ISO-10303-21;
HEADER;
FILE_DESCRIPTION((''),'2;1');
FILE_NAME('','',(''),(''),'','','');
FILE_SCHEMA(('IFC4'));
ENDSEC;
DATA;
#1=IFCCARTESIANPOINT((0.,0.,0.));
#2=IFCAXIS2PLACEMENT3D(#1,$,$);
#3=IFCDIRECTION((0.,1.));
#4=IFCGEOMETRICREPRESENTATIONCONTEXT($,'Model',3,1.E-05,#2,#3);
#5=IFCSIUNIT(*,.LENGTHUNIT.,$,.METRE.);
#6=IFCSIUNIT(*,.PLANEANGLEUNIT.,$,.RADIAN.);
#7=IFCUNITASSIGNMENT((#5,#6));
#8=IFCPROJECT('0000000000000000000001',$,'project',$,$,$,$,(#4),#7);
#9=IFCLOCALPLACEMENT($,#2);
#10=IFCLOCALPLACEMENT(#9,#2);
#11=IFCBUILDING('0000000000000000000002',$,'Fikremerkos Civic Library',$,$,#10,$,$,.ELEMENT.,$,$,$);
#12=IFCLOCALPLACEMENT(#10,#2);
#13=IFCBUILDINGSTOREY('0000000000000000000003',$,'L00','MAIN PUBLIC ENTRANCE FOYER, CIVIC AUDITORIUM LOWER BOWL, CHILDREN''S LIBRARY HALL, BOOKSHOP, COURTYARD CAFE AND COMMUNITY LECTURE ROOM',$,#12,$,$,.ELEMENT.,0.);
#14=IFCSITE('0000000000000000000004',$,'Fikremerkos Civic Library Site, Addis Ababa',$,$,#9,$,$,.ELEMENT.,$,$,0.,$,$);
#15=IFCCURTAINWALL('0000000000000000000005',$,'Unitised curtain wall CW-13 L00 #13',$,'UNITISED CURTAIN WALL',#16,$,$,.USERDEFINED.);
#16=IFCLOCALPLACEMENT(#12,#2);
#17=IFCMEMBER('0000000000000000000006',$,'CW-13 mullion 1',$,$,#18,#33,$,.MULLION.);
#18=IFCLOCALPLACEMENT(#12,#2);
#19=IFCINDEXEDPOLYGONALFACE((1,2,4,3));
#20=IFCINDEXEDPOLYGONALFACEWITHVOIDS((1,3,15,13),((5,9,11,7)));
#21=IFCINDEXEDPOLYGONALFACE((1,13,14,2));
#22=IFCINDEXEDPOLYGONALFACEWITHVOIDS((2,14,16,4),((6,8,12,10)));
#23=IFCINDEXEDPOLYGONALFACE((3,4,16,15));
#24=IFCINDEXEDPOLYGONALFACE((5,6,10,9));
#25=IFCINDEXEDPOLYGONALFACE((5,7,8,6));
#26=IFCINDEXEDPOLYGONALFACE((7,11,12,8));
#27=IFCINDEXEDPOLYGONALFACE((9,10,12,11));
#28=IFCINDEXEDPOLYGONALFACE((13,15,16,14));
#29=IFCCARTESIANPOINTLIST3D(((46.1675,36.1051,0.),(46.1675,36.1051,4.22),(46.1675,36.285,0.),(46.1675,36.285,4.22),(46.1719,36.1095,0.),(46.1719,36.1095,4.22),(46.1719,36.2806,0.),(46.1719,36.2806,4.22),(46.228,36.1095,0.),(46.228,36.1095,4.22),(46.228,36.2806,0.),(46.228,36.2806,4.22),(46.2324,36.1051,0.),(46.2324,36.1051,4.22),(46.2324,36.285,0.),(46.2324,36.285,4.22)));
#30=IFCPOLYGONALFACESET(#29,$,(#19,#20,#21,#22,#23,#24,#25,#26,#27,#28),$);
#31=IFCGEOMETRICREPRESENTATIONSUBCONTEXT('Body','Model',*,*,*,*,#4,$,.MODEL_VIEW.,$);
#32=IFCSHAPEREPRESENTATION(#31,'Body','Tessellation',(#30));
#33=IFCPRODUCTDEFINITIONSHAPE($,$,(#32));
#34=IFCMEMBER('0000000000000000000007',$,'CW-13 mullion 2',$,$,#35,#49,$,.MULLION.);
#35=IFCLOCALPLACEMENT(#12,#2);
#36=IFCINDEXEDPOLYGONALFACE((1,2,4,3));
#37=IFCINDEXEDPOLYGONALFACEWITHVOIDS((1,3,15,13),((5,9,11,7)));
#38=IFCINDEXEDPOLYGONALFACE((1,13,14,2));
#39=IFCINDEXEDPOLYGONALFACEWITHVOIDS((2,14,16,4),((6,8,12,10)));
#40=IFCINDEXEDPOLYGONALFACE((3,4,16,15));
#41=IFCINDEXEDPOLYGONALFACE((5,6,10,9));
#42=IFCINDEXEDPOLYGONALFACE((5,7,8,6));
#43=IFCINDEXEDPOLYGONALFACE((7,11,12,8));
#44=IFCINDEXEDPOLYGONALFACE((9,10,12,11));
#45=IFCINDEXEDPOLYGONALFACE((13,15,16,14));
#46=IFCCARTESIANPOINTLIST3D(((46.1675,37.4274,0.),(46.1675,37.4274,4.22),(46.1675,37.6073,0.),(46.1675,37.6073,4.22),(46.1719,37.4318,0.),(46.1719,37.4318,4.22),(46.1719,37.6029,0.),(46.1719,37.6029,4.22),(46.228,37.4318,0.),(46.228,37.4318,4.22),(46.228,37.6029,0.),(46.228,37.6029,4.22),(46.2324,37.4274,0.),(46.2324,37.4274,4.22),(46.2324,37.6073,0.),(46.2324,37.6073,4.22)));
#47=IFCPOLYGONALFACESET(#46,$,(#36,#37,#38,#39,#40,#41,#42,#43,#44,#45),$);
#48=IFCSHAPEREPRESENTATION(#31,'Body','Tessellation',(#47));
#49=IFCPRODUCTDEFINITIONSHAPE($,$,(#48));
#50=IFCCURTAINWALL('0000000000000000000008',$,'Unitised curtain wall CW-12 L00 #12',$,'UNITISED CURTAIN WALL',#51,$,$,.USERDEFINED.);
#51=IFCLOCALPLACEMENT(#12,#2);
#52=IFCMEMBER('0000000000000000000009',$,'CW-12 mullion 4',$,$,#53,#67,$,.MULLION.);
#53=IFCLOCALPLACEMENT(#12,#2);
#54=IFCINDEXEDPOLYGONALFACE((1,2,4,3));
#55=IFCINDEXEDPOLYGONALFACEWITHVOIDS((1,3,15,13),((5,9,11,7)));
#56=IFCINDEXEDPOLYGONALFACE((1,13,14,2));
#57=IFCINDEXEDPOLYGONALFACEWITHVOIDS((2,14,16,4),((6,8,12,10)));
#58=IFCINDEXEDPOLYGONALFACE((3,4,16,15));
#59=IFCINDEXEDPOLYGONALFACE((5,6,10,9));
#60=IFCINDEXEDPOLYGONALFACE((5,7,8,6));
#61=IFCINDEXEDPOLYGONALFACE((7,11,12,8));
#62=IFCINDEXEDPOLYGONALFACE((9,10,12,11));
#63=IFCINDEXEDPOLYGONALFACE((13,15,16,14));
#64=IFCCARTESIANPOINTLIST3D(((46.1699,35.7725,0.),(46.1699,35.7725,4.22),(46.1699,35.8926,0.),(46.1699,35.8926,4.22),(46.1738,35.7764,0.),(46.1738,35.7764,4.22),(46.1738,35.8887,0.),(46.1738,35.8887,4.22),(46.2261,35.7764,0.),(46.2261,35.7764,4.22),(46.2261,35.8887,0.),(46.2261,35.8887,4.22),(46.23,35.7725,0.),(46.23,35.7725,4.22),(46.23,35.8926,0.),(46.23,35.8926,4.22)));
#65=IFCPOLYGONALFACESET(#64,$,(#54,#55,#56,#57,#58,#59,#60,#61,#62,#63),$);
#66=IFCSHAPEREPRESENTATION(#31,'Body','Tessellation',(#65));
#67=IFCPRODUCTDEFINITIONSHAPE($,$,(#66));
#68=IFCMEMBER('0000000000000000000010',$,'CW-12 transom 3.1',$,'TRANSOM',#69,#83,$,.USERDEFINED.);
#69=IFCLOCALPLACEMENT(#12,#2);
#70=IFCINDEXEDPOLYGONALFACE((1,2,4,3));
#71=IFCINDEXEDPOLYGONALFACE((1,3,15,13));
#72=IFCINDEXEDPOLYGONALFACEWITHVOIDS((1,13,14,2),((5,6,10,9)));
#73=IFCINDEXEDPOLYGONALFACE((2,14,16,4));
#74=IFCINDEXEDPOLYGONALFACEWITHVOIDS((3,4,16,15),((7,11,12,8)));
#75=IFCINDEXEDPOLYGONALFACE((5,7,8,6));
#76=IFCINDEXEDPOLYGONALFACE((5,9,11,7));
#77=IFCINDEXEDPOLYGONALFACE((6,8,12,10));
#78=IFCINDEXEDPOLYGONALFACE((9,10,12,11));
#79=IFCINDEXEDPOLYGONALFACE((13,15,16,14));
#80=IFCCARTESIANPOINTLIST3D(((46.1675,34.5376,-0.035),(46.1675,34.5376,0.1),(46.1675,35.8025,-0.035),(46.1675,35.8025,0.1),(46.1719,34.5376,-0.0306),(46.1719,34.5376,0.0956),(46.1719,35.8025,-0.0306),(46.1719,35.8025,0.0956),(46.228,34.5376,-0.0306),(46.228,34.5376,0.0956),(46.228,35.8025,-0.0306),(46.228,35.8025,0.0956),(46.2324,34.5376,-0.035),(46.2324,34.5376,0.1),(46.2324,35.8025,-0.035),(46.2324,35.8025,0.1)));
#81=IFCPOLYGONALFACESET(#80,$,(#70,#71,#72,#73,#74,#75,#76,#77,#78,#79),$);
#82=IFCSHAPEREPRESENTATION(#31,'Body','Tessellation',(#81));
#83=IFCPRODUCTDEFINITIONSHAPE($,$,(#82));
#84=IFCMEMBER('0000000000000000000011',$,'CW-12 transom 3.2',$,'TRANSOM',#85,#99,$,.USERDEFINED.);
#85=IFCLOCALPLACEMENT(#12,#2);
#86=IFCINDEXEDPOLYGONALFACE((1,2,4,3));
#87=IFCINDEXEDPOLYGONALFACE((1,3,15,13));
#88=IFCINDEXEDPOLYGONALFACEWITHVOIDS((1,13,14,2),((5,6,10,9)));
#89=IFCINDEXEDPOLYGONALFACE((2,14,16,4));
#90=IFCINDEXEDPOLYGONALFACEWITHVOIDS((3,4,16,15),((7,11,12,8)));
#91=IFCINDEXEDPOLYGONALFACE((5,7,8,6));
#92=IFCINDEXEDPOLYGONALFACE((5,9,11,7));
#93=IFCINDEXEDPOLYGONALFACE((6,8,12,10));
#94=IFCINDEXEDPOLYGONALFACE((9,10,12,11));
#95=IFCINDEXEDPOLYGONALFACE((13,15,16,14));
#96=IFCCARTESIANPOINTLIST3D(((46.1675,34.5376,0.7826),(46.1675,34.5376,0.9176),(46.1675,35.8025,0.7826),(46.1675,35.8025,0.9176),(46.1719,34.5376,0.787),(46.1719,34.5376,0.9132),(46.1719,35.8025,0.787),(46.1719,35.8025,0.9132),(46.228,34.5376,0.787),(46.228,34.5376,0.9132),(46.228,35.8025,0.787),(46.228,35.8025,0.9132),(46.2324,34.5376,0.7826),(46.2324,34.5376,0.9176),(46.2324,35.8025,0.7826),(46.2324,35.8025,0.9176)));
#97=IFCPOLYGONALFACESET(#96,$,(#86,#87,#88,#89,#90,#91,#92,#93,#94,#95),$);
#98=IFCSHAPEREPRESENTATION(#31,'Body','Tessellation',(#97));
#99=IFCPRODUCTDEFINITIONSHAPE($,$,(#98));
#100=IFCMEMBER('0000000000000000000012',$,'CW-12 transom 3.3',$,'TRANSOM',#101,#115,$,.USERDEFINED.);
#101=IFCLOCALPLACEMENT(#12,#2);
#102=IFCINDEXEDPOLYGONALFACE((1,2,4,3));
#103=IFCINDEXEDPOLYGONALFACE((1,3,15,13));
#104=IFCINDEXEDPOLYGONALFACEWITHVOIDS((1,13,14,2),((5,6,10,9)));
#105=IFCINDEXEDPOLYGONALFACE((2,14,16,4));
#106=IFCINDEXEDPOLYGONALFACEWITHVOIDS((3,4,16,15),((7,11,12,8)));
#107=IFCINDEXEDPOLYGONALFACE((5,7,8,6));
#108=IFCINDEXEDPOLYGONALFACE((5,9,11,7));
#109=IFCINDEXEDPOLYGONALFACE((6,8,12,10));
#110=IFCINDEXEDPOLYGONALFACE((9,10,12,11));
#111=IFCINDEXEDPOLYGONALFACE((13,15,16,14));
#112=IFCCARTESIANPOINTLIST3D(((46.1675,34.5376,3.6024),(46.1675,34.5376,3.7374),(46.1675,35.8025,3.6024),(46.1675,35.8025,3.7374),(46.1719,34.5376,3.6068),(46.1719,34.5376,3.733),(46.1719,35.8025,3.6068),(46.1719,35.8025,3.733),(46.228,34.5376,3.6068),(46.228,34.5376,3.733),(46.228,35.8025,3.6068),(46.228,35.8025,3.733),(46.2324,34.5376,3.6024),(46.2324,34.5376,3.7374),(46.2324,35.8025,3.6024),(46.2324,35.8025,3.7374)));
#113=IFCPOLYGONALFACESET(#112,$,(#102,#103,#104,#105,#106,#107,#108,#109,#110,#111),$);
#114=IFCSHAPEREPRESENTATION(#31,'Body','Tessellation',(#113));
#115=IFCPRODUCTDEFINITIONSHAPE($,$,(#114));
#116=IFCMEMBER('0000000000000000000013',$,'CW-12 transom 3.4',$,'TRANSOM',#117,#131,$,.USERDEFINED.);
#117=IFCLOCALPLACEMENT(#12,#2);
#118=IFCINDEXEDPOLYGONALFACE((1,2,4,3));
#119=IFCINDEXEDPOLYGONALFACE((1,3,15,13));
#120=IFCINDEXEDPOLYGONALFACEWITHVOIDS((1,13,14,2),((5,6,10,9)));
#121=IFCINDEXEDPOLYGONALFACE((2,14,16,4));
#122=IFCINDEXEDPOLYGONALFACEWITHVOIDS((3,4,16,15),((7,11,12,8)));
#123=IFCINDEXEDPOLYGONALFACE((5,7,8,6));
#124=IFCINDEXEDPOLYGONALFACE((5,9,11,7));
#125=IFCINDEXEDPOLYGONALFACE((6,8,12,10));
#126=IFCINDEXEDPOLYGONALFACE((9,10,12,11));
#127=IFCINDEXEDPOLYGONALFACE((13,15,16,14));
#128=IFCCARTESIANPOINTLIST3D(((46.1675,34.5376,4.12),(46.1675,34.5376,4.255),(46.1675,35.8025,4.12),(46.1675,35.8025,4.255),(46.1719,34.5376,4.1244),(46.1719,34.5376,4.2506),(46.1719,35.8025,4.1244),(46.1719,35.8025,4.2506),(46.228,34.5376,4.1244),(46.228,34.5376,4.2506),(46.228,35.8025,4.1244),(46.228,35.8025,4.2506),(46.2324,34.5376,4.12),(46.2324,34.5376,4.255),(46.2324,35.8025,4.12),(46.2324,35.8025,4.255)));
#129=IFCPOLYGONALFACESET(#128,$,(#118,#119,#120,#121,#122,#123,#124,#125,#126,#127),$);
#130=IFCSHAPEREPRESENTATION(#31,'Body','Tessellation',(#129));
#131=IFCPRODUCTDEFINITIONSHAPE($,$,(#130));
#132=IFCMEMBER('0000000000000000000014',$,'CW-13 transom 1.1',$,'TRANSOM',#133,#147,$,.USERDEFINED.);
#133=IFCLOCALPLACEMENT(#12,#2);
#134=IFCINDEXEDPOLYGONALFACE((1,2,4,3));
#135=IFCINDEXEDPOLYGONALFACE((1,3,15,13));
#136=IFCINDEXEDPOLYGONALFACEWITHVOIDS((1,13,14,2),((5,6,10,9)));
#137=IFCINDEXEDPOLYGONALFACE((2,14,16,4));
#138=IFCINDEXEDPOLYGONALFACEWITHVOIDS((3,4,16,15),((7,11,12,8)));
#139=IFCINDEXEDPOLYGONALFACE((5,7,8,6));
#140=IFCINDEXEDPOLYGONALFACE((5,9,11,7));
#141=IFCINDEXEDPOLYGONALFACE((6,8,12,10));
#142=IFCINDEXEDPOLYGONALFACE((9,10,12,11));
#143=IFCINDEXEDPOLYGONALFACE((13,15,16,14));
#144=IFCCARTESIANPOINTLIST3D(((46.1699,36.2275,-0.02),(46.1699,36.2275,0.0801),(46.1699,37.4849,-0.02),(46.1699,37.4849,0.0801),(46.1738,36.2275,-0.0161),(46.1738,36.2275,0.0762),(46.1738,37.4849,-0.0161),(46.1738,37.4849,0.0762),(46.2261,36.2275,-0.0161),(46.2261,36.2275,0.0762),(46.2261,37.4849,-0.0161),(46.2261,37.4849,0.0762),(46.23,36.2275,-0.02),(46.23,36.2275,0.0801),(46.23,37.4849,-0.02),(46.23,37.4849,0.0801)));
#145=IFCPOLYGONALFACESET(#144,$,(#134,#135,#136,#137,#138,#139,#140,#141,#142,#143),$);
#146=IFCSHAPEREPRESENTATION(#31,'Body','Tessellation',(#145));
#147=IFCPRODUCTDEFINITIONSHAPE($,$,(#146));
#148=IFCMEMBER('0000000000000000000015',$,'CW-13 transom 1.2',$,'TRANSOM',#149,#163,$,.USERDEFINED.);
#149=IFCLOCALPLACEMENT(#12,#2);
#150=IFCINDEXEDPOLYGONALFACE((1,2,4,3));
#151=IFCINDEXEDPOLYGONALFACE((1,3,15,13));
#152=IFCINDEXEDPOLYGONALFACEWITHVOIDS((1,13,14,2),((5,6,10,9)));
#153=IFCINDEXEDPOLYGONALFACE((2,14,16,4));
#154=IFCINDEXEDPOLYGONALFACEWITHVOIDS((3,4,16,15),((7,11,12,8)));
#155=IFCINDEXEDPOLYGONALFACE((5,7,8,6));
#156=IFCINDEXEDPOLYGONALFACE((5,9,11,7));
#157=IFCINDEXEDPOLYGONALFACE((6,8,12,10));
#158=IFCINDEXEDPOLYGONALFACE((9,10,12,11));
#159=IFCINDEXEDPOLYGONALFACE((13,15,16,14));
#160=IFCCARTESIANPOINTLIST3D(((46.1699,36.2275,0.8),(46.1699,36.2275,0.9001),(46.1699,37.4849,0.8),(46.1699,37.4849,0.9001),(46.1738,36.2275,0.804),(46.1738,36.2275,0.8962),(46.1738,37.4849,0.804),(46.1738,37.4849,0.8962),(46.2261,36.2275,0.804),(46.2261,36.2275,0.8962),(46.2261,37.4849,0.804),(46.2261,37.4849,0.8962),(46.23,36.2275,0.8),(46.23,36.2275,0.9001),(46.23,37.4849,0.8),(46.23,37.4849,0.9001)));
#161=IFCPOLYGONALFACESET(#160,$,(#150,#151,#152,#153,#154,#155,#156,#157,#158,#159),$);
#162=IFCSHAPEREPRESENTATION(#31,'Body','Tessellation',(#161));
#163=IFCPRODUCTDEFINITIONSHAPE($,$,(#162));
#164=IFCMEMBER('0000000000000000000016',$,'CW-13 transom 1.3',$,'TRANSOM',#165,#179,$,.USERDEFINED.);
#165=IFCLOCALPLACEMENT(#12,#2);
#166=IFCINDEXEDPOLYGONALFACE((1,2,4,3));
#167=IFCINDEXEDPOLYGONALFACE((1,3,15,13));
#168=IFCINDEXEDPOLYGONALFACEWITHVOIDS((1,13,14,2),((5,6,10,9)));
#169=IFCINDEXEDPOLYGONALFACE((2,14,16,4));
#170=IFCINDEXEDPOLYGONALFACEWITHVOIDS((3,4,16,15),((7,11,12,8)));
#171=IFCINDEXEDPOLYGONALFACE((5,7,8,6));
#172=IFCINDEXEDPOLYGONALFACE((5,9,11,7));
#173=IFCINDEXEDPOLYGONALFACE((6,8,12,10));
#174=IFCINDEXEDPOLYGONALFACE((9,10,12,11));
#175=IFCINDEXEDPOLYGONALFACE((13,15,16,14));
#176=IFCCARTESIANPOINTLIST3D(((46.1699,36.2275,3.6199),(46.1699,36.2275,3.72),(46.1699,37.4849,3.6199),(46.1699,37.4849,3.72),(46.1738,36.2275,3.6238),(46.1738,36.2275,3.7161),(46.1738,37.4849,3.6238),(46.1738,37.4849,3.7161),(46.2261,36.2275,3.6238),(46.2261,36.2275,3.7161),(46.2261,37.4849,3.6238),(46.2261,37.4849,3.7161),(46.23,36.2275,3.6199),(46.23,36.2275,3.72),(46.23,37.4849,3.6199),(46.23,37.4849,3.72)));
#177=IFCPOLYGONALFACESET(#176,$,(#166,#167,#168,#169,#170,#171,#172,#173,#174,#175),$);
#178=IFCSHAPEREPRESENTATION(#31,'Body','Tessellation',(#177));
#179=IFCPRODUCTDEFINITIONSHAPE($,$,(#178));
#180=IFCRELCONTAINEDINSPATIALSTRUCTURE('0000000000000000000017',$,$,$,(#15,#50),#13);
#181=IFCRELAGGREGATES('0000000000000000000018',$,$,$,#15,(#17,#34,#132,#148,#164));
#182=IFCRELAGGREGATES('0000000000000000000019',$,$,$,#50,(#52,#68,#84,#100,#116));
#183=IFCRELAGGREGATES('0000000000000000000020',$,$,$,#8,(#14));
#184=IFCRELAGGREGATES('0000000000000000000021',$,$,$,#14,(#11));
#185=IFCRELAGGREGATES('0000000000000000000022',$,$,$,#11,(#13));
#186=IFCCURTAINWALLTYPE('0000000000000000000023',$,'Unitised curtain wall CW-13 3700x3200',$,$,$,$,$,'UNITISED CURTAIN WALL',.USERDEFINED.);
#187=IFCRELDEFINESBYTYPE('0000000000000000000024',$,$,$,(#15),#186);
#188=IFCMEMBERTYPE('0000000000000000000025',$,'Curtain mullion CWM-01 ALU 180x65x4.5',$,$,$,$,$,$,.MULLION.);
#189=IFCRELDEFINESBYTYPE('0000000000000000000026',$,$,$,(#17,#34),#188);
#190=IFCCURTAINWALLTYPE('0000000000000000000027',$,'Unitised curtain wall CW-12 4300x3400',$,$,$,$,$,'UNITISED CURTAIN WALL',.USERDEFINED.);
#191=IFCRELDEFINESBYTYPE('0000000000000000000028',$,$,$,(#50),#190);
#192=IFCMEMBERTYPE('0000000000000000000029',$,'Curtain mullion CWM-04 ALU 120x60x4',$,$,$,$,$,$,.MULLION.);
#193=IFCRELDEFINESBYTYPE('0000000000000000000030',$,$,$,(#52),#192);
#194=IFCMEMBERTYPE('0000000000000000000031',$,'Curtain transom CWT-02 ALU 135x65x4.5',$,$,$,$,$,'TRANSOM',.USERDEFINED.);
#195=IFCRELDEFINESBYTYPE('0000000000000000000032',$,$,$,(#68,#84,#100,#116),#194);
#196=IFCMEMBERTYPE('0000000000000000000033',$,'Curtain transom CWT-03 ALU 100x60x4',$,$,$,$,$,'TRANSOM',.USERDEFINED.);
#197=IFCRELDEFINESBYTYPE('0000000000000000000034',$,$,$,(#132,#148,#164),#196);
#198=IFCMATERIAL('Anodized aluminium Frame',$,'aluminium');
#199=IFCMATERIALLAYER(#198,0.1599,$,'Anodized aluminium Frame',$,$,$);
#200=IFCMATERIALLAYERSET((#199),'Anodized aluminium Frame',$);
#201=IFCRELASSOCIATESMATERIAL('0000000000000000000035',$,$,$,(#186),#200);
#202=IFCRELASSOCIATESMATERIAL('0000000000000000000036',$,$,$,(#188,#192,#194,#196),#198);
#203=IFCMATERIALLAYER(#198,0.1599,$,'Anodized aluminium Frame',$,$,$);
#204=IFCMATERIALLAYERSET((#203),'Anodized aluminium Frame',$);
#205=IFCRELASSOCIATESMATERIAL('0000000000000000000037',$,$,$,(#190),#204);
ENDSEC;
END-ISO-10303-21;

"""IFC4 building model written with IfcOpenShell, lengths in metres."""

from ifc_helpers import new_model, si_unit, direction, frame, origin, origin_2d, place, context, subcontext, project, spatial, hollow_rectangle, extrude, material, layer, layer_set, material_profile, profile_set, type_object, element, aggregate, save


model = new_model("IFC4")

# Units and contexts
model_context = context("Model", 3, precision=1e-05, world=origin(), true_north=direction((0.0, 1.0)))
body_context = subcontext(model_context, "Body", "Model", "MODEL_VIEW")
ifc_project = project(units=[si_unit("LENGTHUNIT", "METRE"), si_unit("PLANEANGLEUNIT", "RADIAN")], contexts=[model_context])

# Site, building, storey
site_placement = place(None, origin())
site = spatial("IfcSite", under=ifc_project, at=site_placement, Name="Fikremerkos Civic Library Site, Addis Ababa", CompositionType="ELEMENT", RefElevation=0.0)
building_placement = place(site_placement, origin())
building = spatial("IfcBuilding", under=site, at=building_placement, Name="Fikremerkos Civic Library", CompositionType="ELEMENT")
storey_placement = place(building_placement, origin())
storey = spatial("IfcBuildingStorey", under=building, at=storey_placement, Name="L00", Description="MAIN PUBLIC ENTRANCE FOYER, CIVIC AUDITORIUM LOWER BOWL, CHILDREN'S LIBRARY HALL, BOOKSHOP, COURTYARD CAFE AND COMMUNITY LECTURE ROOM", CompositionType="ELEMENT", Elevation=0.0)

# Curtain walls, members
ifc_material_1 = material(Name="Anodized aluminium Frame", Category="aluminium")
ifc_layer_1 = layer(ifc_material_1, 0.1599, Name="Anodized aluminium Frame")
ifc_layer_set_1 = layer_set([ifc_layer_1], Name="Anodized aluminium Frame")
curtain_wall_type_1 = type_object("IfcCurtainWallType", Name="Unitised curtain wall CW-13 3700x3200", ElementType="UNITISED CURTAIN WALL", PredefinedType="USERDEFINED", material=ifc_layer_set_1)
curtain_wall_1_placement = place(storey_placement, origin())
curtain_wall_1 = element("IfcCurtainWall", 1, at=curtain_wall_1_placement, inside=storey, type_object=curtain_wall_type_1, Name="Unitised curtain wall CW-13 L00 #13", ObjectType="UNITISED CURTAIN WALL", PredefinedType="USERDEFINED")
ifc_material_profile_1 = material_profile(ifc_material_1, hollow_rectangle(XDim=0.0649, YDim=0.1799, WallThickness=0.0044, at=origin_2d()), Name="ALU 180x65x4.5")
ifc_profile_set_1 = profile_set([ifc_material_profile_1], Name="Anodized aluminium Frame")
member_type_1 = type_object("IfcMemberType", Name="Curtain mullion CWM-01 ALU 180x65x4.5", PredefinedType="MULLION", material=ifc_profile_set_1)
member_1_placement = place(storey_placement, frame((46.2, 36.1951, 0.0), z_axis=(0.0, 0.0, 1.0), x_axis=(-1.0, 0.0, 0.0)))
member_1 = element("IfcMember", 2, at=member_1_placement, type_object=member_type_1, Name="CW-13 mullion 1", PredefinedType="MULLION", context=body_context, shape_type="SweptSolid", body=[
    extrude(hollow_rectangle(XDim=0.0649, YDim=0.1799, WallThickness=0.0044, at=origin_2d()), origin(), (0.0, 0.0, 1.0), 4.22),
])
member_2_placement = place(storey_placement, frame((46.2, 37.5173, 0.0), z_axis=(0.0, 0.0, 1.0), x_axis=(-1.0, 0.0, 0.0)))
member_2 = element("IfcMember", 3, at=member_2_placement, type_object=member_type_1, Name="CW-13 mullion 2", PredefinedType="MULLION", context=body_context, shape_type="SweptSolid", body=[
    extrude(hollow_rectangle(XDim=0.0649, YDim=0.1799, WallThickness=0.0044, at=origin_2d()), origin(), (0.0, 0.0, 1.0), 4.22),
])
ifc_layer_2 = layer(ifc_material_1, 0.1599, Name="Anodized aluminium Frame")
ifc_layer_set_2 = layer_set([ifc_layer_2], Name="Anodized aluminium Frame")
curtain_wall_type_2 = type_object("IfcCurtainWallType", Name="Unitised curtain wall CW-12 4300x3400", ElementType="UNITISED CURTAIN WALL", PredefinedType="USERDEFINED", material=ifc_layer_set_2)
curtain_wall_2_placement = place(storey_placement, origin())
curtain_wall_2 = element("IfcCurtainWall", 4, at=curtain_wall_2_placement, inside=storey, type_object=curtain_wall_type_2, Name="Unitised curtain wall CW-12 L00 #12", ObjectType="UNITISED CURTAIN WALL", PredefinedType="USERDEFINED")
ifc_material_profile_2 = material_profile(ifc_material_1, hollow_rectangle(XDim=0.0601, YDim=0.1201, WallThickness=0.0039, at=origin_2d()), Name="ALU 120x60x4")
ifc_profile_set_2 = profile_set([ifc_material_profile_2], Name="Anodized aluminium Frame")
member_type_2 = type_object("IfcMemberType", Name="Curtain mullion CWM-04 ALU 120x60x4", PredefinedType="MULLION", material=ifc_profile_set_2)
member_3_placement = place(storey_placement, frame((46.2, 35.8325, 0.0), z_axis=(0.0, 0.0, 1.0), x_axis=(-1.0, 0.0, 0.0)))
member_3 = element("IfcMember", 5, at=member_3_placement, type_object=member_type_2, Name="CW-12 mullion 4", PredefinedType="MULLION", context=body_context, shape_type="SweptSolid", body=[
    extrude(hollow_rectangle(XDim=0.0601, YDim=0.1201, WallThickness=0.0039, at=origin_2d()), origin(), (0.0, 0.0, 1.0), 4.22),
])
ifc_material_profile_3 = material_profile(ifc_material_1, hollow_rectangle(XDim=0.0649, YDim=0.135, WallThickness=0.0044, at=origin_2d()), Name="ALU 135x65x4.5")
ifc_profile_set_3 = profile_set([ifc_material_profile_3], Name="Anodized aluminium Frame")
member_type_3 = type_object("IfcMemberType", Name="Curtain transom CWT-02 ALU 135x65x4.5", ElementType="TRANSOM", PredefinedType="USERDEFINED", material=ifc_profile_set_3)
member_4_placement = place(storey_placement, frame((46.2, 34.5376, 0.0325), z_axis=(0.0, 1.0, 0.0), x_axis=(-1.0, 0.0, 0.0)))
member_4 = element("IfcMember", 6, at=member_4_placement, type_object=member_type_3, Name="CW-12 transom 3.1", ObjectType="TRANSOM", PredefinedType="USERDEFINED", context=body_context, shape_type="SweptSolid", body=[
    extrude(hollow_rectangle(XDim=0.0649, YDim=0.135, WallThickness=0.0044, at=origin_2d()), origin(), (0.0, 0.0, 1.0), 1.2649),
])
member_5_placement = place(storey_placement, frame((46.2, 34.5376, 0.8501), z_axis=(0.0, 1.0, 0.0), x_axis=(-1.0, 0.0, 0.0)))
member_5 = element("IfcMember", 7, at=member_5_placement, type_object=member_type_3, Name="CW-12 transom 3.2", ObjectType="TRANSOM", PredefinedType="USERDEFINED", context=body_context, shape_type="SweptSolid", body=[
    extrude(hollow_rectangle(XDim=0.0649, YDim=0.135, WallThickness=0.0044, at=origin_2d()), origin(), (0.0, 0.0, 1.0), 1.2649),
])
member_6_placement = place(storey_placement, frame((46.2, 34.5376, 3.6699), z_axis=(0.0, 1.0, 0.0), x_axis=(-1.0, 0.0, 0.0)))
member_6 = element("IfcMember", 8, at=member_6_placement, type_object=member_type_3, Name="CW-12 transom 3.3", ObjectType="TRANSOM", PredefinedType="USERDEFINED", context=body_context, shape_type="SweptSolid", body=[
    extrude(hollow_rectangle(XDim=0.0649, YDim=0.135, WallThickness=0.0044, at=origin_2d()), origin(), (0.0, 0.0, 1.0), 1.2649),
])
member_7_placement = place(storey_placement, frame((46.2, 34.5376, 4.1875), z_axis=(0.0, 1.0, 0.0), x_axis=(-1.0, 0.0, 0.0)))
member_7 = element("IfcMember", 9, at=member_7_placement, type_object=member_type_3, Name="CW-12 transom 3.4", ObjectType="TRANSOM", PredefinedType="USERDEFINED", context=body_context, shape_type="SweptSolid", body=[
    extrude(hollow_rectangle(XDim=0.0649, YDim=0.135, WallThickness=0.0044, at=origin_2d()), origin(), (0.0, 0.0, 1.0), 1.2649),
])

# Members
ifc_material_profile_4 = material_profile(ifc_material_1, hollow_rectangle(XDim=0.0601, YDim=0.1001, WallThickness=0.0039, at=origin_2d()), Name="ALU 100x60x4")
ifc_profile_set_4 = profile_set([ifc_material_profile_4], Name="Anodized aluminium Frame")
member_type_4 = type_object("IfcMemberType", Name="Curtain transom CWT-03 ALU 100x60x4", ElementType="TRANSOM", PredefinedType="USERDEFINED", material=ifc_profile_set_4)
member_8_placement = place(storey_placement, frame((46.2, 36.2275, 0.03), z_axis=(0.0, 1.0, 0.0), x_axis=(-1.0, 0.0, 0.0)))
member_8 = element("IfcMember", 10, at=member_8_placement, type_object=member_type_4, Name="CW-13 transom 1.1", ObjectType="TRANSOM", PredefinedType="USERDEFINED", context=body_context, shape_type="SweptSolid", body=[
    extrude(hollow_rectangle(XDim=0.0601, YDim=0.1001, WallThickness=0.0039, at=origin_2d()), origin(), (0.0, 0.0, 1.0), 1.2573),
])
member_9_placement = place(storey_placement, frame((46.2, 36.2275, 0.8501), z_axis=(0.0, 1.0, 0.0), x_axis=(-1.0, 0.0, 0.0)))
member_9 = element("IfcMember", 11, at=member_9_placement, type_object=member_type_4, Name="CW-13 transom 1.2", ObjectType="TRANSOM", PredefinedType="USERDEFINED", context=body_context, shape_type="SweptSolid", body=[
    extrude(hollow_rectangle(XDim=0.0601, YDim=0.1001, WallThickness=0.0039, at=origin_2d()), origin(), (0.0, 0.0, 1.0), 1.2573),
])
member_10_placement = place(storey_placement, frame((46.2, 36.2275, 3.6699), z_axis=(0.0, 1.0, 0.0), x_axis=(-1.0, 0.0, 0.0)))
member_10 = element("IfcMember", 12, at=member_10_placement, type_object=member_type_4, Name="CW-13 transom 1.3", ObjectType="TRANSOM", PredefinedType="USERDEFINED", context=body_context, shape_type="SweptSolid", body=[
    extrude(hollow_rectangle(XDim=0.0601, YDim=0.1001, WallThickness=0.0039, at=origin_2d()), origin(), (0.0, 0.0, 1.0), 1.2573),
])

aggregate(curtain_wall_1, [member_1, member_2, member_8, member_9, member_10])
aggregate(curtain_wall_2, [member_3, member_4, member_5, member_6, member_7])

save(model, "model.ifc")
